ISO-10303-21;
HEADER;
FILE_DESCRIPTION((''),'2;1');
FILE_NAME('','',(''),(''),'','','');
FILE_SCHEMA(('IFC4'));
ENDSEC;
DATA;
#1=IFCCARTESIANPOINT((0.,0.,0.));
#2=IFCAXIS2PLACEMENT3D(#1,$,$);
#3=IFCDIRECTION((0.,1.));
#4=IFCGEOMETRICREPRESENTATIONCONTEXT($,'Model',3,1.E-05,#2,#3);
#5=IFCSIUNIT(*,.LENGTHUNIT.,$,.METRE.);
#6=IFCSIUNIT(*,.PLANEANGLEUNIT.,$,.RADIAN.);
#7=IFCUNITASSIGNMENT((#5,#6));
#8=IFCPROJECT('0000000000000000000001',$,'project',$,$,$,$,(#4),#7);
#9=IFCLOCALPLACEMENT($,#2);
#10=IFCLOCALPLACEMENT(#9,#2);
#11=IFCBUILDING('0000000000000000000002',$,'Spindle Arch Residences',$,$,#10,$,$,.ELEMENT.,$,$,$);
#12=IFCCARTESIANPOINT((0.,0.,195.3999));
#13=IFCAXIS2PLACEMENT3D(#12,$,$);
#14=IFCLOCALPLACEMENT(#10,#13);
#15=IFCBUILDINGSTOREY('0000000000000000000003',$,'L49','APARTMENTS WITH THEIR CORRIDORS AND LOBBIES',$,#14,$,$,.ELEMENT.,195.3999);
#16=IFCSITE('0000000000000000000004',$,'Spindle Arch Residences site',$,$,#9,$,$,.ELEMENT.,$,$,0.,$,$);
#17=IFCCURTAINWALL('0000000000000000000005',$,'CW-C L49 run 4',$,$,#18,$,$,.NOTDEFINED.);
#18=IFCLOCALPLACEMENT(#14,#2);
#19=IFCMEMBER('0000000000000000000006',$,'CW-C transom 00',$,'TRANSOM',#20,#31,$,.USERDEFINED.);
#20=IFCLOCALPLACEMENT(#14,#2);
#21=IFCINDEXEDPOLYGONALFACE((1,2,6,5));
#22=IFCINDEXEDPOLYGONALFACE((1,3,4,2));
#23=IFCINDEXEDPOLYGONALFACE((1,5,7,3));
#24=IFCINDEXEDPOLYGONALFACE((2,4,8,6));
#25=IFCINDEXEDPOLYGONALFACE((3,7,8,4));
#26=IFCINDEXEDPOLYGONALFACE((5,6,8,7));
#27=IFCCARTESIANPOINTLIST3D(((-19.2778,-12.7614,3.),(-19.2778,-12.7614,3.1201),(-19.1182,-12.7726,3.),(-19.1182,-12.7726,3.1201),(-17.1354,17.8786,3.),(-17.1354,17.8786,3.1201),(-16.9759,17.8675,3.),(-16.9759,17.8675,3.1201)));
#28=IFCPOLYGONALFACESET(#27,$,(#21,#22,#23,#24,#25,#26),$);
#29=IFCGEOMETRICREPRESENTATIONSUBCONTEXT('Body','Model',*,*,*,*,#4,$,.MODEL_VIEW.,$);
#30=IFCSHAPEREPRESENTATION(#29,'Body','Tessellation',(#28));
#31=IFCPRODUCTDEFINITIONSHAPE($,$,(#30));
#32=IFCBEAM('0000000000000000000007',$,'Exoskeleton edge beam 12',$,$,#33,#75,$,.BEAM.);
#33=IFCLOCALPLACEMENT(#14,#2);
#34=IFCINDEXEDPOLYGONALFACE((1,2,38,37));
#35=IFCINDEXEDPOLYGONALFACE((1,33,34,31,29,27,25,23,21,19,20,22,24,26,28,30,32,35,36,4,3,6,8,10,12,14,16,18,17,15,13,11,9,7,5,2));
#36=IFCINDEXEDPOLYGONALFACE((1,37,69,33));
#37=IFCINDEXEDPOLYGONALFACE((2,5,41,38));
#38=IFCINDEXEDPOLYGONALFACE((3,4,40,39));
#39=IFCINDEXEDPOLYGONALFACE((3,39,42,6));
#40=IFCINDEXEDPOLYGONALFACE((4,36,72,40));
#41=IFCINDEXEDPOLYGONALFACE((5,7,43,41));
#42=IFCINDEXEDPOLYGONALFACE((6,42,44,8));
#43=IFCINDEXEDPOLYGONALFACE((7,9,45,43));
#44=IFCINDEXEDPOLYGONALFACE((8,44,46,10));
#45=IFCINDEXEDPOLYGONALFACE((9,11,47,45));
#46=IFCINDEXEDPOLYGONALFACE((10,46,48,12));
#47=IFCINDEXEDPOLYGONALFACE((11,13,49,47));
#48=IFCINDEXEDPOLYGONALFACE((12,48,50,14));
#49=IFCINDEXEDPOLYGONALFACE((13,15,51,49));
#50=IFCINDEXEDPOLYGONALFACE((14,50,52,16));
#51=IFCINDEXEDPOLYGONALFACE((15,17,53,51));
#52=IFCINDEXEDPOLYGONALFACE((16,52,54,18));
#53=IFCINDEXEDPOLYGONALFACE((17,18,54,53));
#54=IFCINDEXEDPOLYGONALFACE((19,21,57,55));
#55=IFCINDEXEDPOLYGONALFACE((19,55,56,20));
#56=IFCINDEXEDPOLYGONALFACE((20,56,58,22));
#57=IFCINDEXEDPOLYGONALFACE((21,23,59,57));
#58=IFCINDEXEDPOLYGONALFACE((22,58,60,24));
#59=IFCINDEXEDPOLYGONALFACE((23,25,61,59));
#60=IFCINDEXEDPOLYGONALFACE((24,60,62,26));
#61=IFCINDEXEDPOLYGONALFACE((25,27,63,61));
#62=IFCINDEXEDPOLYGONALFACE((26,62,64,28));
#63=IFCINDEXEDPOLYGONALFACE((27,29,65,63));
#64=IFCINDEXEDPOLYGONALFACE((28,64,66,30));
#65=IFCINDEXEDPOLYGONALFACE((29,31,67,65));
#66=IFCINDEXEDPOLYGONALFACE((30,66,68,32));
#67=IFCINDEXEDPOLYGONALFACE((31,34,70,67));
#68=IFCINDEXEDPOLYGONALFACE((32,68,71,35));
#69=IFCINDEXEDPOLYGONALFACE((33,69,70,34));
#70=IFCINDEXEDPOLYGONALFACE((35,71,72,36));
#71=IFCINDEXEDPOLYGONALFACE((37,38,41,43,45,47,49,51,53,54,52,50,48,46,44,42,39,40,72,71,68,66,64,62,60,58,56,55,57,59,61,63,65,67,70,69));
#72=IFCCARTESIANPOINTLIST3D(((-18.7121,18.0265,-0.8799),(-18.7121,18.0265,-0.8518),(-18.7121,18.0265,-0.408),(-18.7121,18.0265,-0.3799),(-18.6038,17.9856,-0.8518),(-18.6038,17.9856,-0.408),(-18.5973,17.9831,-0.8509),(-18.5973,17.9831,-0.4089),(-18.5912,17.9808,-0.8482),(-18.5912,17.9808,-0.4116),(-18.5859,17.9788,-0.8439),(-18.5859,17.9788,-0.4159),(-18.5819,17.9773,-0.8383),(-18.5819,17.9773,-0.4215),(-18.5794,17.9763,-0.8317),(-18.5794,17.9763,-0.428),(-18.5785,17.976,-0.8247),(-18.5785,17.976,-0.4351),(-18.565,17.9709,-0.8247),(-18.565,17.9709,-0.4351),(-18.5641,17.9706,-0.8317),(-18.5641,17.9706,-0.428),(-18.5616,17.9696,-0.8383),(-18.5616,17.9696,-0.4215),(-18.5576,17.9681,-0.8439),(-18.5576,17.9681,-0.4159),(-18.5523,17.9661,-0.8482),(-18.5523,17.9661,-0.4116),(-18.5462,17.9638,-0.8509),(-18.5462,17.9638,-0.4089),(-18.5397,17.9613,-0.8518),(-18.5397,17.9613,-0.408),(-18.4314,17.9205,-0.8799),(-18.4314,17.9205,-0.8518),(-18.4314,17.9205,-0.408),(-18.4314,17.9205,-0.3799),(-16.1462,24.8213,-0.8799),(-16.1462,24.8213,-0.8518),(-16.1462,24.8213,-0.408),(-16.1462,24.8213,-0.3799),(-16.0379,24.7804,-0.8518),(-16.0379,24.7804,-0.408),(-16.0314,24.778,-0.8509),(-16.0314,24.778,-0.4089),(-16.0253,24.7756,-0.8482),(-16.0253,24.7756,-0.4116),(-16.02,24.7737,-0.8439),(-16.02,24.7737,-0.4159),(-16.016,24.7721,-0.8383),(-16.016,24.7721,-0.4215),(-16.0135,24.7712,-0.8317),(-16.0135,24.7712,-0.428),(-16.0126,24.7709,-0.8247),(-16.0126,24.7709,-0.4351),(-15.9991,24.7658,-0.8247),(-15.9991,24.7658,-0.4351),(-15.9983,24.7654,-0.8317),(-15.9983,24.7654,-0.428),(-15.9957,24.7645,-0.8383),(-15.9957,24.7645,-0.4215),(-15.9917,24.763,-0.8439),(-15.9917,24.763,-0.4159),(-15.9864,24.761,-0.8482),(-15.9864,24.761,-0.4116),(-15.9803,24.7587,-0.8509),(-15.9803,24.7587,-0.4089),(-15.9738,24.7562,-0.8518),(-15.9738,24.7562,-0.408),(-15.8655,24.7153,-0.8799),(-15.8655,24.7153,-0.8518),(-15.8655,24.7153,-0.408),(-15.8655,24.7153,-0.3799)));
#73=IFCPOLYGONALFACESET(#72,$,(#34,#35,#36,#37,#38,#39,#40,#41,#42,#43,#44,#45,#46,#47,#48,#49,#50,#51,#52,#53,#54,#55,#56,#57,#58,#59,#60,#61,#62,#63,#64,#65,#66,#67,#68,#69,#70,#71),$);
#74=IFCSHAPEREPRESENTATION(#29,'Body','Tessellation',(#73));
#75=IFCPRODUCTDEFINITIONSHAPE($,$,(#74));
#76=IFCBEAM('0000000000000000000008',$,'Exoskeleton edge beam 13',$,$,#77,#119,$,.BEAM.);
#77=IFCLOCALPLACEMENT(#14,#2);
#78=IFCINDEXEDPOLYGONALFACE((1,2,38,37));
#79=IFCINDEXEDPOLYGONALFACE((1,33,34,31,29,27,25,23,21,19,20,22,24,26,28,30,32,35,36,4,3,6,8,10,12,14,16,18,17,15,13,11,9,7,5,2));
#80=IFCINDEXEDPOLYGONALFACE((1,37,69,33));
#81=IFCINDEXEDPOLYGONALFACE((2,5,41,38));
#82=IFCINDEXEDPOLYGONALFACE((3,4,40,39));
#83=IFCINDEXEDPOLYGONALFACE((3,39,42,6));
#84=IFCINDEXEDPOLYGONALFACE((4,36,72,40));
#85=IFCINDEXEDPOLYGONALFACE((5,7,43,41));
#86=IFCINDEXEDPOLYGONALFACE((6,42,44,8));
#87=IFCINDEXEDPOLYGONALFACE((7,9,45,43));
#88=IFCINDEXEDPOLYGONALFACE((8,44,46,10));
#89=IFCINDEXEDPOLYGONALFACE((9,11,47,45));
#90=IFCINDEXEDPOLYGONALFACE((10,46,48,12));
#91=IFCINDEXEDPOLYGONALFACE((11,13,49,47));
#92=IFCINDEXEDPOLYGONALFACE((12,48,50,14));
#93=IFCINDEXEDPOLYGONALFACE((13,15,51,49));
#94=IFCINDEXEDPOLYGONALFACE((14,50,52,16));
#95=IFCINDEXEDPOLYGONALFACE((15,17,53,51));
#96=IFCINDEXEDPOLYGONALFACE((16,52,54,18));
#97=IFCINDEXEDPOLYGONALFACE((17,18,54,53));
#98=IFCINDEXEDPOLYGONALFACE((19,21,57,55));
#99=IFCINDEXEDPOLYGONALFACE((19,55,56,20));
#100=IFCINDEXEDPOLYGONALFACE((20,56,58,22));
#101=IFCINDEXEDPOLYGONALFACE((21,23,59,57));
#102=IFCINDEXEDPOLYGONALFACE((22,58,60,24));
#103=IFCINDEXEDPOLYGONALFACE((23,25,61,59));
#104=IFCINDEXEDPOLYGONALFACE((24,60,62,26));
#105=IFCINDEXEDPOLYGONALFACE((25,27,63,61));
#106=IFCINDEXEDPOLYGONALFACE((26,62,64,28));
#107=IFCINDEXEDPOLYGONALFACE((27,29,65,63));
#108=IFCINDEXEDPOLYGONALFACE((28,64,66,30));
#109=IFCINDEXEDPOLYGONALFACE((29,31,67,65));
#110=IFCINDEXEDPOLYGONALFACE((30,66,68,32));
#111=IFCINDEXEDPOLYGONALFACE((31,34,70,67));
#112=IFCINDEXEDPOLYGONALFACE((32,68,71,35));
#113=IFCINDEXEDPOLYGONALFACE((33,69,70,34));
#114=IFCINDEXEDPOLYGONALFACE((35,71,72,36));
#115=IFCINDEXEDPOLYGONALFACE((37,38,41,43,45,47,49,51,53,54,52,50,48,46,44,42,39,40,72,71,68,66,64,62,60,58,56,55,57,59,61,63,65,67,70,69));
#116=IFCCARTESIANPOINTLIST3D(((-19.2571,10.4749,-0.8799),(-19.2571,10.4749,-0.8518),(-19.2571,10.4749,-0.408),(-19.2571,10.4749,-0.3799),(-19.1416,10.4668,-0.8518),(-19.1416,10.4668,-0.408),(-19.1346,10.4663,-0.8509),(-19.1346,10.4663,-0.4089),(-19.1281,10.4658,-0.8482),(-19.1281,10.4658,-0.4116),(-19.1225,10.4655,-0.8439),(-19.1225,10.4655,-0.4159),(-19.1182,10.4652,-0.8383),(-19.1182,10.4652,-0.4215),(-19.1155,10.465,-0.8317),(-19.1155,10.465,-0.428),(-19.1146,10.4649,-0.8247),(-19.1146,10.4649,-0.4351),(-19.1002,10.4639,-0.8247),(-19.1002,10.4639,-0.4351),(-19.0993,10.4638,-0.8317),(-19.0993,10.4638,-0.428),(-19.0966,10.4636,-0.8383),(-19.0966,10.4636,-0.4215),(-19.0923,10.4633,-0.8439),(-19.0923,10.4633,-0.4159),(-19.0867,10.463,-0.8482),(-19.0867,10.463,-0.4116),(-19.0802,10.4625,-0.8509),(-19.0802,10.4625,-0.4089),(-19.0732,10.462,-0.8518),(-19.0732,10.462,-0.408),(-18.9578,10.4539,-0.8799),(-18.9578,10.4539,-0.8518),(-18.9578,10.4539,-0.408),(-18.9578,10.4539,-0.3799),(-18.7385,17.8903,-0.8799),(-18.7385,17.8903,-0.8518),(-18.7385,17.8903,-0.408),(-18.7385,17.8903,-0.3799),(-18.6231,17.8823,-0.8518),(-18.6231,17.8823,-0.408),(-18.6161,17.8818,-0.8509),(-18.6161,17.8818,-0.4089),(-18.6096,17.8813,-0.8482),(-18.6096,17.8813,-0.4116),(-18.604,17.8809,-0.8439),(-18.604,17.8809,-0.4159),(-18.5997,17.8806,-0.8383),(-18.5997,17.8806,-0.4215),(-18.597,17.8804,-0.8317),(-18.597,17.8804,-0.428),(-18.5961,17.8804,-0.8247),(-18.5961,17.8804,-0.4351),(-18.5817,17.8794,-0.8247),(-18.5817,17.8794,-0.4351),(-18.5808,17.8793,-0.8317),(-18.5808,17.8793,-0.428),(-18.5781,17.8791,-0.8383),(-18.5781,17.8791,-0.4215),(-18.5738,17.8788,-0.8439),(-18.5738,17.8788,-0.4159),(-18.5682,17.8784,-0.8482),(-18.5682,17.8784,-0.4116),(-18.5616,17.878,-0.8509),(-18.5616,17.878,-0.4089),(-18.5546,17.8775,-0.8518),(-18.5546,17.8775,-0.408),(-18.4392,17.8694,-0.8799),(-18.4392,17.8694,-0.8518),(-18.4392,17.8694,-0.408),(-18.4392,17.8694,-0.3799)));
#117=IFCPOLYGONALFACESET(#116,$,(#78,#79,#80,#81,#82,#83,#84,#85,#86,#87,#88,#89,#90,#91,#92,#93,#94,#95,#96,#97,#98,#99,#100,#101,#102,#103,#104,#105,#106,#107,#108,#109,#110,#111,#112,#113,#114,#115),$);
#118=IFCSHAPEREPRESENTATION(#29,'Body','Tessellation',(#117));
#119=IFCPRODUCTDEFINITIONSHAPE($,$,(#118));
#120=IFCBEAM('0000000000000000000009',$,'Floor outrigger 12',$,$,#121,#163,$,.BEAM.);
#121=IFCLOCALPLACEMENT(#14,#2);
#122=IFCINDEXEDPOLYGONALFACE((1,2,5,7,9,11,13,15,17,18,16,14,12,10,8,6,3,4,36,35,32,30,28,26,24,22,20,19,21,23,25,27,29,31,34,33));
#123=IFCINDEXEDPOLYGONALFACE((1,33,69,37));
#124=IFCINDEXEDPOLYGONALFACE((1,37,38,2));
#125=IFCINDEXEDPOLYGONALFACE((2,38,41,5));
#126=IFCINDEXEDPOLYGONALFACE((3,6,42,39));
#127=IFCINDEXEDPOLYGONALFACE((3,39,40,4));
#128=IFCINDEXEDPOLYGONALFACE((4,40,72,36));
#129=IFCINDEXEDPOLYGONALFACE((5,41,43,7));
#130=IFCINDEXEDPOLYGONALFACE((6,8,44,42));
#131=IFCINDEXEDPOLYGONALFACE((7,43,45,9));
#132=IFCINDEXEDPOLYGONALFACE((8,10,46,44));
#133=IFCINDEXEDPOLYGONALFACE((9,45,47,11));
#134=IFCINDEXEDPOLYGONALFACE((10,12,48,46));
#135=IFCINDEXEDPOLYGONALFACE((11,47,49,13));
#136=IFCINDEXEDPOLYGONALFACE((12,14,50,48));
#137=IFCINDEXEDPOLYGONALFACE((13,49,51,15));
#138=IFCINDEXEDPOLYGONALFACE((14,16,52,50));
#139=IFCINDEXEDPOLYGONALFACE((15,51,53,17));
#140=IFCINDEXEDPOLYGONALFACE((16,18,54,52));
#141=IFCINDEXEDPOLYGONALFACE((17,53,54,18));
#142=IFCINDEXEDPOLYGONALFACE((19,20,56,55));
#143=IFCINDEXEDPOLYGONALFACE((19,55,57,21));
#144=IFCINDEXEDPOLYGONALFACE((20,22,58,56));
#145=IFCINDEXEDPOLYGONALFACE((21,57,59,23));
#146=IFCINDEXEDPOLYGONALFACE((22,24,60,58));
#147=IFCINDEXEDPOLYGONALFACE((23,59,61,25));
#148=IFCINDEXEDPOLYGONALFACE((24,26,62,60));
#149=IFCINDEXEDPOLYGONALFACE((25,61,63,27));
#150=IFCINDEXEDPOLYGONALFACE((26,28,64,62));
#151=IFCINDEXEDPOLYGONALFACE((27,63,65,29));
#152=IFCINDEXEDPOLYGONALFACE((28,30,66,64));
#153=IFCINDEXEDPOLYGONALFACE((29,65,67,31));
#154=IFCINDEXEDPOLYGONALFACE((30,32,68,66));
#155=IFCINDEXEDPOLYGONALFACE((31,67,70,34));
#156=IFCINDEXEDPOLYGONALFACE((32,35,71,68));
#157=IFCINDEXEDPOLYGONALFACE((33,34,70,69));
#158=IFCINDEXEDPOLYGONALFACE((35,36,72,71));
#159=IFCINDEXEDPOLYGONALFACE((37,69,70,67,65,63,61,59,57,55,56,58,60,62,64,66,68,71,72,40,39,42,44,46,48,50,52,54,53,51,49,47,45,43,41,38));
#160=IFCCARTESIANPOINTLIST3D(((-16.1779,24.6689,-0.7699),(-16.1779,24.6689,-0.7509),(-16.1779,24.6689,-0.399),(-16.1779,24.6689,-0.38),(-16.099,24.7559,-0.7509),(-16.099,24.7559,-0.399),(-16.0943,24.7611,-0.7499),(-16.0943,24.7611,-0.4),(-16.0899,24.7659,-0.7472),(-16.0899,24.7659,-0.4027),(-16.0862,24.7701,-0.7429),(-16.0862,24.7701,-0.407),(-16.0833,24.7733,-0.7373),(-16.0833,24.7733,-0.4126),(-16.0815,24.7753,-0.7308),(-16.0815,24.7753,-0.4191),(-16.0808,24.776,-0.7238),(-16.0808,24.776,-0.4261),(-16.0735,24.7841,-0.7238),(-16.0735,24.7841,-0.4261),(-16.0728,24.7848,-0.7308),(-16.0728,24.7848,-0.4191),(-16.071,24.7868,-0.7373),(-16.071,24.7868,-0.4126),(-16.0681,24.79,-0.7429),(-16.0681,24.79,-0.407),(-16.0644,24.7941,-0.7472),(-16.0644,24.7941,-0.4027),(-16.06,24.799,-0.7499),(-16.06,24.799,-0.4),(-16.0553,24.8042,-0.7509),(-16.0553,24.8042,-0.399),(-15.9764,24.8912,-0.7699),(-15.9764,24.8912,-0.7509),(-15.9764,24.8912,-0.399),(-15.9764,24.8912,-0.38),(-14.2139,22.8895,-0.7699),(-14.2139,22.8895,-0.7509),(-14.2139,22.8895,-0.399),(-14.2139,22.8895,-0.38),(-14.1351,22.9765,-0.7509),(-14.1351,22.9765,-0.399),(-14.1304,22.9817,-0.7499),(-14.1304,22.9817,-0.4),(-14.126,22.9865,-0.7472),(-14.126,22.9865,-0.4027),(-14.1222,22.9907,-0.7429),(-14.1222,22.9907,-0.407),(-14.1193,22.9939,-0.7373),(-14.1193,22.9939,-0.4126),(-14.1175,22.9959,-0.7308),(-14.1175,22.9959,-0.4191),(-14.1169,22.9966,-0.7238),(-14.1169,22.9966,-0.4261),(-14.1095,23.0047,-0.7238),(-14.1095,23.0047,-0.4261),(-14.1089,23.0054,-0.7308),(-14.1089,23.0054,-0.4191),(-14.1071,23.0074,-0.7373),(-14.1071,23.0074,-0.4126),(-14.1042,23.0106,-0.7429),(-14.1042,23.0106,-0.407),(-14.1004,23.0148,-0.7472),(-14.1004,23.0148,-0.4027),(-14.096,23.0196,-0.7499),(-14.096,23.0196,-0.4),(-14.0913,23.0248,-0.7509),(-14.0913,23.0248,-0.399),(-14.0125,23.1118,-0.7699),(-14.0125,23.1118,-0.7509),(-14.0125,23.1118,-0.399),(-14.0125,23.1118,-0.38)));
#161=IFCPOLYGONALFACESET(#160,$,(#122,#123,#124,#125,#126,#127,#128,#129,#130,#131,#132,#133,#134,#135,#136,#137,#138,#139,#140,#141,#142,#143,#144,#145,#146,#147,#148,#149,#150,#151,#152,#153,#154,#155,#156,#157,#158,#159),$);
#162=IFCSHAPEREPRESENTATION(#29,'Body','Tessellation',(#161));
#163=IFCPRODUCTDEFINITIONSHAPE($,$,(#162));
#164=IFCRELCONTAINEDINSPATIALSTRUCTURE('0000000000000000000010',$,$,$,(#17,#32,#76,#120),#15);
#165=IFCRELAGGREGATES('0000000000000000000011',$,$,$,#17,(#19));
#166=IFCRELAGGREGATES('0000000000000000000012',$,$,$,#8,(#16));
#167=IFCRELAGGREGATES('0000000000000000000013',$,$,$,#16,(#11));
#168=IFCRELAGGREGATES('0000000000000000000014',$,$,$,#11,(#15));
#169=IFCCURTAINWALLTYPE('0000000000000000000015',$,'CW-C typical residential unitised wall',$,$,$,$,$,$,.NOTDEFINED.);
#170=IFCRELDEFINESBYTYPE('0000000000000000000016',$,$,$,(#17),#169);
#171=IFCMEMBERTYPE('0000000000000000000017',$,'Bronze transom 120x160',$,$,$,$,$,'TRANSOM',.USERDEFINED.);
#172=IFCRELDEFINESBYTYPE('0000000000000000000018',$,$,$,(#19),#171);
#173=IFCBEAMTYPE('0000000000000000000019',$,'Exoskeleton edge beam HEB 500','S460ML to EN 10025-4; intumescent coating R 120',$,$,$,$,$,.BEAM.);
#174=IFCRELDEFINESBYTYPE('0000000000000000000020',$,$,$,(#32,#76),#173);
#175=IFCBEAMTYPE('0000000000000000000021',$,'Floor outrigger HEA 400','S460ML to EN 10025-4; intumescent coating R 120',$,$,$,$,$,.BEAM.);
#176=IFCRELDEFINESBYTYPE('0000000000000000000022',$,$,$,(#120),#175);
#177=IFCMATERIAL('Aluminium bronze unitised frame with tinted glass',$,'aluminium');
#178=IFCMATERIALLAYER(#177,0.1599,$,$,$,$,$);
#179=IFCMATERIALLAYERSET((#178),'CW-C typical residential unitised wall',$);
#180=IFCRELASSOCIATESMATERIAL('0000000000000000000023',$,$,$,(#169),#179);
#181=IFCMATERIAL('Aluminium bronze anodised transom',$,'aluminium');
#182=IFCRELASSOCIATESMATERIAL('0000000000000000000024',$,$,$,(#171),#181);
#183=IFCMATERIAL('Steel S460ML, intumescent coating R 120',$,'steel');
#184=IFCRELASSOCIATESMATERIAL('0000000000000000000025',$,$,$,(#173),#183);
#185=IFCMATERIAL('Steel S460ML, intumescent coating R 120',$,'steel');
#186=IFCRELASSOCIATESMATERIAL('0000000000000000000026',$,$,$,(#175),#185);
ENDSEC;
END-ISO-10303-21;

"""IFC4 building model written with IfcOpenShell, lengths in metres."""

from ifc_helpers import new_model, si_unit, direction, frame, origin, origin_2d, place, context, subcontext, project, spatial, rectangle, i_section, extrude, material, layer, layer_set, material_profile, profile_set, type_object, element, aggregate, save


model = new_model("IFC4")

# Units and contexts
model_context = context("Model", 3, precision=1e-05, world=origin(), true_north=direction((0.0, 1.0)))
body_context = subcontext(model_context, "Body", "Model", "MODEL_VIEW")
ifc_project = project(units=[si_unit("LENGTHUNIT", "METRE"), si_unit("PLANEANGLEUNIT", "RADIAN")], contexts=[model_context])

# Site, building, storey
site_placement = place(None, origin())
site = spatial("IfcSite", under=ifc_project, at=site_placement, Name="Spindle Arch Residences site", CompositionType="ELEMENT", RefElevation=0.0)
building_placement = place(site_placement, origin())
building = spatial("IfcBuilding", under=site, at=building_placement, Name="Spindle Arch Residences", CompositionType="ELEMENT")
storey_placement = place(building_placement, frame((0.0, 0.0, 195.3999)))
storey = spatial("IfcBuildingStorey", under=building, at=storey_placement, Name="L49", Description="APARTMENTS WITH THEIR CORRIDORS AND LOBBIES", CompositionType="ELEMENT", Elevation=195.3999)

# Curtain wall
ifc_material_1 = material(Name="Aluminium bronze unitised frame with tinted glass", Category="aluminium")
ifc_layer_1 = layer(ifc_material_1, 0.1599)
ifc_layer_set_1 = layer_set([ifc_layer_1], Name="CW-C typical residential unitised wall")
curtain_wall_type_1 = type_object("IfcCurtainWallType", Name="CW-C typical residential unitised wall", PredefinedType="NOTDEFINED", material=ifc_layer_set_1)
curtain_wall_1_placement = place(storey_placement, origin())
curtain_wall_1 = element("IfcCurtainWall", 1, at=curtain_wall_1_placement, inside=storey, type_object=curtain_wall_type_1, Name="CW-C L49 run 4", PredefinedType="NOTDEFINED")

# Member
ifc_material_2 = material(Name="Aluminium bronze anodised transom", Category="aluminium")
ifc_material_profile_1 = material_profile(ifc_material_2, rectangle(XDim=0.1599, YDim=0.1201, at=origin_2d()), Name="TR 120x160")
ifc_profile_set_1 = profile_set([ifc_material_profile_1], Name="Aluminium bronze anodised transom")
member_type_1 = type_object("IfcMemberType", Name="Bronze transom 120x160", ElementType="TRANSOM", PredefinedType="USERDEFINED", material=ifc_profile_set_1)
member_1_placement = place(storey_placement, frame((-17.0557, 17.873, 3.0601), z_axis=(-0.069749, -0.997565, 0.0), x_axis=(0.997565, -0.069749, 0.0)))
member_1 = element("IfcMember", 2, at=member_1_placement, type_object=member_type_1, Name="CW-C transom 00", ObjectType="TRANSOM", PredefinedType="USERDEFINED", context=body_context, shape_type="SweptSolid", body=[
    extrude(rectangle(XDim=0.1599, YDim=0.1201, at=origin_2d()), origin(), (0.0, 0.0, 1.0), 30.7148),
])
aggregate(curtain_wall_1, [member_1])

# Beams
ifc_material_3 = material(Name="Steel S460ML, intumescent coating R 120", Category="steel")
ifc_material_profile_2 = material_profile(ifc_material_3, i_section(OverallWidth=0.3, OverallDepth=0.5, WebThickness=0.0144, FlangeThickness=0.0281, FilletRadius=0.0271, at=origin_2d()), Name="HEB 500")
ifc_profile_set_2 = profile_set([ifc_material_profile_2], Name="Steel S460ML, intumescent coating R 120")
beam_type_1 = type_object("IfcBeamType", Name="Exoskeleton edge beam HEB 500", Description="S460ML to EN 10025-4; intumescent coating R 120", PredefinedType="BEAM", material=ifc_profile_set_2)
beam_1_placement = place(storey_placement, frame((-16.0059, 24.7683, -0.6299), z_axis=(-0.353274, -0.93552, 0.0), x_axis=(0.93552, -0.353274, 0.0)))
element("IfcBeam", 3, at=beam_1_placement, inside=storey, type_object=beam_type_1, Name="Exoskeleton edge beam 12", PredefinedType="BEAM", context=body_context, shape_type="SweptSolid", body=[
    extrude(i_section(OverallWidth=0.3, OverallDepth=0.5, WebThickness=0.0144, FlangeThickness=0.0281, FilletRadius=0.0271, at=origin_2d()), origin(), (0.0, 0.0, 1.0), 7.2632),
])
beam_2_placement = place(storey_placement, frame((-18.5889, 17.8799, -0.6299), z_axis=(-0.069758, -0.997564, 0.0), x_axis=(0.997564, -0.069758, 0.0)))
element("IfcBeam", 4, at=beam_2_placement, inside=storey, type_object=beam_type_1, Name="Exoskeleton edge beam 13", PredefinedType="BEAM", context=body_context, shape_type="SweptSolid", body=[
    extrude(i_section(OverallWidth=0.3, OverallDepth=0.5, WebThickness=0.0144, FlangeThickness=0.0281, FilletRadius=0.0271, at=origin_2d()), origin(), (0.0, 0.0, 1.0), 7.4336),
])
ifc_material_4 = material(Name="Steel S460ML, intumescent coating R 120", Category="steel")
ifc_material_profile_3 = material_profile(ifc_material_4, i_section(OverallWidth=0.3, OverallDepth=0.3899, WebThickness=0.011, FlangeThickness=0.019, FilletRadius=0.0271, at=origin_2d()), Name="HEA 400")
ifc_profile_set_3 = profile_set([ifc_material_profile_3], Name="Steel S460ML, intumescent coating R 120")
beam_type_2 = type_object("IfcBeamType", Name="Floor outrigger HEA 400", Description="S460ML to EN 10025-4; intumescent coating R 120", PredefinedType="BEAM", material=ifc_profile_set_3)
beam_3_placement = place(storey_placement, frame((-16.0771, 24.78, -0.575), z_axis=(0.741073, -0.671425, 0.0), x_axis=(0.671425, 0.741073, 0.0)))
element("IfcBeam", 5, at=beam_3_placement, inside=storey, type_object=beam_type_2, Name="Floor outrigger 12", PredefinedType="BEAM", context=body_context, shape_type="SweptSolid", body=[
    extrude(i_section(OverallWidth=0.3, OverallDepth=0.3899, WebThickness=0.011, FlangeThickness=0.019, FilletRadius=0.0271, at=origin_2d()), origin(), (0.0, 0.0, 1.0), 2.6501),
])

save(model, "model.ifc")
